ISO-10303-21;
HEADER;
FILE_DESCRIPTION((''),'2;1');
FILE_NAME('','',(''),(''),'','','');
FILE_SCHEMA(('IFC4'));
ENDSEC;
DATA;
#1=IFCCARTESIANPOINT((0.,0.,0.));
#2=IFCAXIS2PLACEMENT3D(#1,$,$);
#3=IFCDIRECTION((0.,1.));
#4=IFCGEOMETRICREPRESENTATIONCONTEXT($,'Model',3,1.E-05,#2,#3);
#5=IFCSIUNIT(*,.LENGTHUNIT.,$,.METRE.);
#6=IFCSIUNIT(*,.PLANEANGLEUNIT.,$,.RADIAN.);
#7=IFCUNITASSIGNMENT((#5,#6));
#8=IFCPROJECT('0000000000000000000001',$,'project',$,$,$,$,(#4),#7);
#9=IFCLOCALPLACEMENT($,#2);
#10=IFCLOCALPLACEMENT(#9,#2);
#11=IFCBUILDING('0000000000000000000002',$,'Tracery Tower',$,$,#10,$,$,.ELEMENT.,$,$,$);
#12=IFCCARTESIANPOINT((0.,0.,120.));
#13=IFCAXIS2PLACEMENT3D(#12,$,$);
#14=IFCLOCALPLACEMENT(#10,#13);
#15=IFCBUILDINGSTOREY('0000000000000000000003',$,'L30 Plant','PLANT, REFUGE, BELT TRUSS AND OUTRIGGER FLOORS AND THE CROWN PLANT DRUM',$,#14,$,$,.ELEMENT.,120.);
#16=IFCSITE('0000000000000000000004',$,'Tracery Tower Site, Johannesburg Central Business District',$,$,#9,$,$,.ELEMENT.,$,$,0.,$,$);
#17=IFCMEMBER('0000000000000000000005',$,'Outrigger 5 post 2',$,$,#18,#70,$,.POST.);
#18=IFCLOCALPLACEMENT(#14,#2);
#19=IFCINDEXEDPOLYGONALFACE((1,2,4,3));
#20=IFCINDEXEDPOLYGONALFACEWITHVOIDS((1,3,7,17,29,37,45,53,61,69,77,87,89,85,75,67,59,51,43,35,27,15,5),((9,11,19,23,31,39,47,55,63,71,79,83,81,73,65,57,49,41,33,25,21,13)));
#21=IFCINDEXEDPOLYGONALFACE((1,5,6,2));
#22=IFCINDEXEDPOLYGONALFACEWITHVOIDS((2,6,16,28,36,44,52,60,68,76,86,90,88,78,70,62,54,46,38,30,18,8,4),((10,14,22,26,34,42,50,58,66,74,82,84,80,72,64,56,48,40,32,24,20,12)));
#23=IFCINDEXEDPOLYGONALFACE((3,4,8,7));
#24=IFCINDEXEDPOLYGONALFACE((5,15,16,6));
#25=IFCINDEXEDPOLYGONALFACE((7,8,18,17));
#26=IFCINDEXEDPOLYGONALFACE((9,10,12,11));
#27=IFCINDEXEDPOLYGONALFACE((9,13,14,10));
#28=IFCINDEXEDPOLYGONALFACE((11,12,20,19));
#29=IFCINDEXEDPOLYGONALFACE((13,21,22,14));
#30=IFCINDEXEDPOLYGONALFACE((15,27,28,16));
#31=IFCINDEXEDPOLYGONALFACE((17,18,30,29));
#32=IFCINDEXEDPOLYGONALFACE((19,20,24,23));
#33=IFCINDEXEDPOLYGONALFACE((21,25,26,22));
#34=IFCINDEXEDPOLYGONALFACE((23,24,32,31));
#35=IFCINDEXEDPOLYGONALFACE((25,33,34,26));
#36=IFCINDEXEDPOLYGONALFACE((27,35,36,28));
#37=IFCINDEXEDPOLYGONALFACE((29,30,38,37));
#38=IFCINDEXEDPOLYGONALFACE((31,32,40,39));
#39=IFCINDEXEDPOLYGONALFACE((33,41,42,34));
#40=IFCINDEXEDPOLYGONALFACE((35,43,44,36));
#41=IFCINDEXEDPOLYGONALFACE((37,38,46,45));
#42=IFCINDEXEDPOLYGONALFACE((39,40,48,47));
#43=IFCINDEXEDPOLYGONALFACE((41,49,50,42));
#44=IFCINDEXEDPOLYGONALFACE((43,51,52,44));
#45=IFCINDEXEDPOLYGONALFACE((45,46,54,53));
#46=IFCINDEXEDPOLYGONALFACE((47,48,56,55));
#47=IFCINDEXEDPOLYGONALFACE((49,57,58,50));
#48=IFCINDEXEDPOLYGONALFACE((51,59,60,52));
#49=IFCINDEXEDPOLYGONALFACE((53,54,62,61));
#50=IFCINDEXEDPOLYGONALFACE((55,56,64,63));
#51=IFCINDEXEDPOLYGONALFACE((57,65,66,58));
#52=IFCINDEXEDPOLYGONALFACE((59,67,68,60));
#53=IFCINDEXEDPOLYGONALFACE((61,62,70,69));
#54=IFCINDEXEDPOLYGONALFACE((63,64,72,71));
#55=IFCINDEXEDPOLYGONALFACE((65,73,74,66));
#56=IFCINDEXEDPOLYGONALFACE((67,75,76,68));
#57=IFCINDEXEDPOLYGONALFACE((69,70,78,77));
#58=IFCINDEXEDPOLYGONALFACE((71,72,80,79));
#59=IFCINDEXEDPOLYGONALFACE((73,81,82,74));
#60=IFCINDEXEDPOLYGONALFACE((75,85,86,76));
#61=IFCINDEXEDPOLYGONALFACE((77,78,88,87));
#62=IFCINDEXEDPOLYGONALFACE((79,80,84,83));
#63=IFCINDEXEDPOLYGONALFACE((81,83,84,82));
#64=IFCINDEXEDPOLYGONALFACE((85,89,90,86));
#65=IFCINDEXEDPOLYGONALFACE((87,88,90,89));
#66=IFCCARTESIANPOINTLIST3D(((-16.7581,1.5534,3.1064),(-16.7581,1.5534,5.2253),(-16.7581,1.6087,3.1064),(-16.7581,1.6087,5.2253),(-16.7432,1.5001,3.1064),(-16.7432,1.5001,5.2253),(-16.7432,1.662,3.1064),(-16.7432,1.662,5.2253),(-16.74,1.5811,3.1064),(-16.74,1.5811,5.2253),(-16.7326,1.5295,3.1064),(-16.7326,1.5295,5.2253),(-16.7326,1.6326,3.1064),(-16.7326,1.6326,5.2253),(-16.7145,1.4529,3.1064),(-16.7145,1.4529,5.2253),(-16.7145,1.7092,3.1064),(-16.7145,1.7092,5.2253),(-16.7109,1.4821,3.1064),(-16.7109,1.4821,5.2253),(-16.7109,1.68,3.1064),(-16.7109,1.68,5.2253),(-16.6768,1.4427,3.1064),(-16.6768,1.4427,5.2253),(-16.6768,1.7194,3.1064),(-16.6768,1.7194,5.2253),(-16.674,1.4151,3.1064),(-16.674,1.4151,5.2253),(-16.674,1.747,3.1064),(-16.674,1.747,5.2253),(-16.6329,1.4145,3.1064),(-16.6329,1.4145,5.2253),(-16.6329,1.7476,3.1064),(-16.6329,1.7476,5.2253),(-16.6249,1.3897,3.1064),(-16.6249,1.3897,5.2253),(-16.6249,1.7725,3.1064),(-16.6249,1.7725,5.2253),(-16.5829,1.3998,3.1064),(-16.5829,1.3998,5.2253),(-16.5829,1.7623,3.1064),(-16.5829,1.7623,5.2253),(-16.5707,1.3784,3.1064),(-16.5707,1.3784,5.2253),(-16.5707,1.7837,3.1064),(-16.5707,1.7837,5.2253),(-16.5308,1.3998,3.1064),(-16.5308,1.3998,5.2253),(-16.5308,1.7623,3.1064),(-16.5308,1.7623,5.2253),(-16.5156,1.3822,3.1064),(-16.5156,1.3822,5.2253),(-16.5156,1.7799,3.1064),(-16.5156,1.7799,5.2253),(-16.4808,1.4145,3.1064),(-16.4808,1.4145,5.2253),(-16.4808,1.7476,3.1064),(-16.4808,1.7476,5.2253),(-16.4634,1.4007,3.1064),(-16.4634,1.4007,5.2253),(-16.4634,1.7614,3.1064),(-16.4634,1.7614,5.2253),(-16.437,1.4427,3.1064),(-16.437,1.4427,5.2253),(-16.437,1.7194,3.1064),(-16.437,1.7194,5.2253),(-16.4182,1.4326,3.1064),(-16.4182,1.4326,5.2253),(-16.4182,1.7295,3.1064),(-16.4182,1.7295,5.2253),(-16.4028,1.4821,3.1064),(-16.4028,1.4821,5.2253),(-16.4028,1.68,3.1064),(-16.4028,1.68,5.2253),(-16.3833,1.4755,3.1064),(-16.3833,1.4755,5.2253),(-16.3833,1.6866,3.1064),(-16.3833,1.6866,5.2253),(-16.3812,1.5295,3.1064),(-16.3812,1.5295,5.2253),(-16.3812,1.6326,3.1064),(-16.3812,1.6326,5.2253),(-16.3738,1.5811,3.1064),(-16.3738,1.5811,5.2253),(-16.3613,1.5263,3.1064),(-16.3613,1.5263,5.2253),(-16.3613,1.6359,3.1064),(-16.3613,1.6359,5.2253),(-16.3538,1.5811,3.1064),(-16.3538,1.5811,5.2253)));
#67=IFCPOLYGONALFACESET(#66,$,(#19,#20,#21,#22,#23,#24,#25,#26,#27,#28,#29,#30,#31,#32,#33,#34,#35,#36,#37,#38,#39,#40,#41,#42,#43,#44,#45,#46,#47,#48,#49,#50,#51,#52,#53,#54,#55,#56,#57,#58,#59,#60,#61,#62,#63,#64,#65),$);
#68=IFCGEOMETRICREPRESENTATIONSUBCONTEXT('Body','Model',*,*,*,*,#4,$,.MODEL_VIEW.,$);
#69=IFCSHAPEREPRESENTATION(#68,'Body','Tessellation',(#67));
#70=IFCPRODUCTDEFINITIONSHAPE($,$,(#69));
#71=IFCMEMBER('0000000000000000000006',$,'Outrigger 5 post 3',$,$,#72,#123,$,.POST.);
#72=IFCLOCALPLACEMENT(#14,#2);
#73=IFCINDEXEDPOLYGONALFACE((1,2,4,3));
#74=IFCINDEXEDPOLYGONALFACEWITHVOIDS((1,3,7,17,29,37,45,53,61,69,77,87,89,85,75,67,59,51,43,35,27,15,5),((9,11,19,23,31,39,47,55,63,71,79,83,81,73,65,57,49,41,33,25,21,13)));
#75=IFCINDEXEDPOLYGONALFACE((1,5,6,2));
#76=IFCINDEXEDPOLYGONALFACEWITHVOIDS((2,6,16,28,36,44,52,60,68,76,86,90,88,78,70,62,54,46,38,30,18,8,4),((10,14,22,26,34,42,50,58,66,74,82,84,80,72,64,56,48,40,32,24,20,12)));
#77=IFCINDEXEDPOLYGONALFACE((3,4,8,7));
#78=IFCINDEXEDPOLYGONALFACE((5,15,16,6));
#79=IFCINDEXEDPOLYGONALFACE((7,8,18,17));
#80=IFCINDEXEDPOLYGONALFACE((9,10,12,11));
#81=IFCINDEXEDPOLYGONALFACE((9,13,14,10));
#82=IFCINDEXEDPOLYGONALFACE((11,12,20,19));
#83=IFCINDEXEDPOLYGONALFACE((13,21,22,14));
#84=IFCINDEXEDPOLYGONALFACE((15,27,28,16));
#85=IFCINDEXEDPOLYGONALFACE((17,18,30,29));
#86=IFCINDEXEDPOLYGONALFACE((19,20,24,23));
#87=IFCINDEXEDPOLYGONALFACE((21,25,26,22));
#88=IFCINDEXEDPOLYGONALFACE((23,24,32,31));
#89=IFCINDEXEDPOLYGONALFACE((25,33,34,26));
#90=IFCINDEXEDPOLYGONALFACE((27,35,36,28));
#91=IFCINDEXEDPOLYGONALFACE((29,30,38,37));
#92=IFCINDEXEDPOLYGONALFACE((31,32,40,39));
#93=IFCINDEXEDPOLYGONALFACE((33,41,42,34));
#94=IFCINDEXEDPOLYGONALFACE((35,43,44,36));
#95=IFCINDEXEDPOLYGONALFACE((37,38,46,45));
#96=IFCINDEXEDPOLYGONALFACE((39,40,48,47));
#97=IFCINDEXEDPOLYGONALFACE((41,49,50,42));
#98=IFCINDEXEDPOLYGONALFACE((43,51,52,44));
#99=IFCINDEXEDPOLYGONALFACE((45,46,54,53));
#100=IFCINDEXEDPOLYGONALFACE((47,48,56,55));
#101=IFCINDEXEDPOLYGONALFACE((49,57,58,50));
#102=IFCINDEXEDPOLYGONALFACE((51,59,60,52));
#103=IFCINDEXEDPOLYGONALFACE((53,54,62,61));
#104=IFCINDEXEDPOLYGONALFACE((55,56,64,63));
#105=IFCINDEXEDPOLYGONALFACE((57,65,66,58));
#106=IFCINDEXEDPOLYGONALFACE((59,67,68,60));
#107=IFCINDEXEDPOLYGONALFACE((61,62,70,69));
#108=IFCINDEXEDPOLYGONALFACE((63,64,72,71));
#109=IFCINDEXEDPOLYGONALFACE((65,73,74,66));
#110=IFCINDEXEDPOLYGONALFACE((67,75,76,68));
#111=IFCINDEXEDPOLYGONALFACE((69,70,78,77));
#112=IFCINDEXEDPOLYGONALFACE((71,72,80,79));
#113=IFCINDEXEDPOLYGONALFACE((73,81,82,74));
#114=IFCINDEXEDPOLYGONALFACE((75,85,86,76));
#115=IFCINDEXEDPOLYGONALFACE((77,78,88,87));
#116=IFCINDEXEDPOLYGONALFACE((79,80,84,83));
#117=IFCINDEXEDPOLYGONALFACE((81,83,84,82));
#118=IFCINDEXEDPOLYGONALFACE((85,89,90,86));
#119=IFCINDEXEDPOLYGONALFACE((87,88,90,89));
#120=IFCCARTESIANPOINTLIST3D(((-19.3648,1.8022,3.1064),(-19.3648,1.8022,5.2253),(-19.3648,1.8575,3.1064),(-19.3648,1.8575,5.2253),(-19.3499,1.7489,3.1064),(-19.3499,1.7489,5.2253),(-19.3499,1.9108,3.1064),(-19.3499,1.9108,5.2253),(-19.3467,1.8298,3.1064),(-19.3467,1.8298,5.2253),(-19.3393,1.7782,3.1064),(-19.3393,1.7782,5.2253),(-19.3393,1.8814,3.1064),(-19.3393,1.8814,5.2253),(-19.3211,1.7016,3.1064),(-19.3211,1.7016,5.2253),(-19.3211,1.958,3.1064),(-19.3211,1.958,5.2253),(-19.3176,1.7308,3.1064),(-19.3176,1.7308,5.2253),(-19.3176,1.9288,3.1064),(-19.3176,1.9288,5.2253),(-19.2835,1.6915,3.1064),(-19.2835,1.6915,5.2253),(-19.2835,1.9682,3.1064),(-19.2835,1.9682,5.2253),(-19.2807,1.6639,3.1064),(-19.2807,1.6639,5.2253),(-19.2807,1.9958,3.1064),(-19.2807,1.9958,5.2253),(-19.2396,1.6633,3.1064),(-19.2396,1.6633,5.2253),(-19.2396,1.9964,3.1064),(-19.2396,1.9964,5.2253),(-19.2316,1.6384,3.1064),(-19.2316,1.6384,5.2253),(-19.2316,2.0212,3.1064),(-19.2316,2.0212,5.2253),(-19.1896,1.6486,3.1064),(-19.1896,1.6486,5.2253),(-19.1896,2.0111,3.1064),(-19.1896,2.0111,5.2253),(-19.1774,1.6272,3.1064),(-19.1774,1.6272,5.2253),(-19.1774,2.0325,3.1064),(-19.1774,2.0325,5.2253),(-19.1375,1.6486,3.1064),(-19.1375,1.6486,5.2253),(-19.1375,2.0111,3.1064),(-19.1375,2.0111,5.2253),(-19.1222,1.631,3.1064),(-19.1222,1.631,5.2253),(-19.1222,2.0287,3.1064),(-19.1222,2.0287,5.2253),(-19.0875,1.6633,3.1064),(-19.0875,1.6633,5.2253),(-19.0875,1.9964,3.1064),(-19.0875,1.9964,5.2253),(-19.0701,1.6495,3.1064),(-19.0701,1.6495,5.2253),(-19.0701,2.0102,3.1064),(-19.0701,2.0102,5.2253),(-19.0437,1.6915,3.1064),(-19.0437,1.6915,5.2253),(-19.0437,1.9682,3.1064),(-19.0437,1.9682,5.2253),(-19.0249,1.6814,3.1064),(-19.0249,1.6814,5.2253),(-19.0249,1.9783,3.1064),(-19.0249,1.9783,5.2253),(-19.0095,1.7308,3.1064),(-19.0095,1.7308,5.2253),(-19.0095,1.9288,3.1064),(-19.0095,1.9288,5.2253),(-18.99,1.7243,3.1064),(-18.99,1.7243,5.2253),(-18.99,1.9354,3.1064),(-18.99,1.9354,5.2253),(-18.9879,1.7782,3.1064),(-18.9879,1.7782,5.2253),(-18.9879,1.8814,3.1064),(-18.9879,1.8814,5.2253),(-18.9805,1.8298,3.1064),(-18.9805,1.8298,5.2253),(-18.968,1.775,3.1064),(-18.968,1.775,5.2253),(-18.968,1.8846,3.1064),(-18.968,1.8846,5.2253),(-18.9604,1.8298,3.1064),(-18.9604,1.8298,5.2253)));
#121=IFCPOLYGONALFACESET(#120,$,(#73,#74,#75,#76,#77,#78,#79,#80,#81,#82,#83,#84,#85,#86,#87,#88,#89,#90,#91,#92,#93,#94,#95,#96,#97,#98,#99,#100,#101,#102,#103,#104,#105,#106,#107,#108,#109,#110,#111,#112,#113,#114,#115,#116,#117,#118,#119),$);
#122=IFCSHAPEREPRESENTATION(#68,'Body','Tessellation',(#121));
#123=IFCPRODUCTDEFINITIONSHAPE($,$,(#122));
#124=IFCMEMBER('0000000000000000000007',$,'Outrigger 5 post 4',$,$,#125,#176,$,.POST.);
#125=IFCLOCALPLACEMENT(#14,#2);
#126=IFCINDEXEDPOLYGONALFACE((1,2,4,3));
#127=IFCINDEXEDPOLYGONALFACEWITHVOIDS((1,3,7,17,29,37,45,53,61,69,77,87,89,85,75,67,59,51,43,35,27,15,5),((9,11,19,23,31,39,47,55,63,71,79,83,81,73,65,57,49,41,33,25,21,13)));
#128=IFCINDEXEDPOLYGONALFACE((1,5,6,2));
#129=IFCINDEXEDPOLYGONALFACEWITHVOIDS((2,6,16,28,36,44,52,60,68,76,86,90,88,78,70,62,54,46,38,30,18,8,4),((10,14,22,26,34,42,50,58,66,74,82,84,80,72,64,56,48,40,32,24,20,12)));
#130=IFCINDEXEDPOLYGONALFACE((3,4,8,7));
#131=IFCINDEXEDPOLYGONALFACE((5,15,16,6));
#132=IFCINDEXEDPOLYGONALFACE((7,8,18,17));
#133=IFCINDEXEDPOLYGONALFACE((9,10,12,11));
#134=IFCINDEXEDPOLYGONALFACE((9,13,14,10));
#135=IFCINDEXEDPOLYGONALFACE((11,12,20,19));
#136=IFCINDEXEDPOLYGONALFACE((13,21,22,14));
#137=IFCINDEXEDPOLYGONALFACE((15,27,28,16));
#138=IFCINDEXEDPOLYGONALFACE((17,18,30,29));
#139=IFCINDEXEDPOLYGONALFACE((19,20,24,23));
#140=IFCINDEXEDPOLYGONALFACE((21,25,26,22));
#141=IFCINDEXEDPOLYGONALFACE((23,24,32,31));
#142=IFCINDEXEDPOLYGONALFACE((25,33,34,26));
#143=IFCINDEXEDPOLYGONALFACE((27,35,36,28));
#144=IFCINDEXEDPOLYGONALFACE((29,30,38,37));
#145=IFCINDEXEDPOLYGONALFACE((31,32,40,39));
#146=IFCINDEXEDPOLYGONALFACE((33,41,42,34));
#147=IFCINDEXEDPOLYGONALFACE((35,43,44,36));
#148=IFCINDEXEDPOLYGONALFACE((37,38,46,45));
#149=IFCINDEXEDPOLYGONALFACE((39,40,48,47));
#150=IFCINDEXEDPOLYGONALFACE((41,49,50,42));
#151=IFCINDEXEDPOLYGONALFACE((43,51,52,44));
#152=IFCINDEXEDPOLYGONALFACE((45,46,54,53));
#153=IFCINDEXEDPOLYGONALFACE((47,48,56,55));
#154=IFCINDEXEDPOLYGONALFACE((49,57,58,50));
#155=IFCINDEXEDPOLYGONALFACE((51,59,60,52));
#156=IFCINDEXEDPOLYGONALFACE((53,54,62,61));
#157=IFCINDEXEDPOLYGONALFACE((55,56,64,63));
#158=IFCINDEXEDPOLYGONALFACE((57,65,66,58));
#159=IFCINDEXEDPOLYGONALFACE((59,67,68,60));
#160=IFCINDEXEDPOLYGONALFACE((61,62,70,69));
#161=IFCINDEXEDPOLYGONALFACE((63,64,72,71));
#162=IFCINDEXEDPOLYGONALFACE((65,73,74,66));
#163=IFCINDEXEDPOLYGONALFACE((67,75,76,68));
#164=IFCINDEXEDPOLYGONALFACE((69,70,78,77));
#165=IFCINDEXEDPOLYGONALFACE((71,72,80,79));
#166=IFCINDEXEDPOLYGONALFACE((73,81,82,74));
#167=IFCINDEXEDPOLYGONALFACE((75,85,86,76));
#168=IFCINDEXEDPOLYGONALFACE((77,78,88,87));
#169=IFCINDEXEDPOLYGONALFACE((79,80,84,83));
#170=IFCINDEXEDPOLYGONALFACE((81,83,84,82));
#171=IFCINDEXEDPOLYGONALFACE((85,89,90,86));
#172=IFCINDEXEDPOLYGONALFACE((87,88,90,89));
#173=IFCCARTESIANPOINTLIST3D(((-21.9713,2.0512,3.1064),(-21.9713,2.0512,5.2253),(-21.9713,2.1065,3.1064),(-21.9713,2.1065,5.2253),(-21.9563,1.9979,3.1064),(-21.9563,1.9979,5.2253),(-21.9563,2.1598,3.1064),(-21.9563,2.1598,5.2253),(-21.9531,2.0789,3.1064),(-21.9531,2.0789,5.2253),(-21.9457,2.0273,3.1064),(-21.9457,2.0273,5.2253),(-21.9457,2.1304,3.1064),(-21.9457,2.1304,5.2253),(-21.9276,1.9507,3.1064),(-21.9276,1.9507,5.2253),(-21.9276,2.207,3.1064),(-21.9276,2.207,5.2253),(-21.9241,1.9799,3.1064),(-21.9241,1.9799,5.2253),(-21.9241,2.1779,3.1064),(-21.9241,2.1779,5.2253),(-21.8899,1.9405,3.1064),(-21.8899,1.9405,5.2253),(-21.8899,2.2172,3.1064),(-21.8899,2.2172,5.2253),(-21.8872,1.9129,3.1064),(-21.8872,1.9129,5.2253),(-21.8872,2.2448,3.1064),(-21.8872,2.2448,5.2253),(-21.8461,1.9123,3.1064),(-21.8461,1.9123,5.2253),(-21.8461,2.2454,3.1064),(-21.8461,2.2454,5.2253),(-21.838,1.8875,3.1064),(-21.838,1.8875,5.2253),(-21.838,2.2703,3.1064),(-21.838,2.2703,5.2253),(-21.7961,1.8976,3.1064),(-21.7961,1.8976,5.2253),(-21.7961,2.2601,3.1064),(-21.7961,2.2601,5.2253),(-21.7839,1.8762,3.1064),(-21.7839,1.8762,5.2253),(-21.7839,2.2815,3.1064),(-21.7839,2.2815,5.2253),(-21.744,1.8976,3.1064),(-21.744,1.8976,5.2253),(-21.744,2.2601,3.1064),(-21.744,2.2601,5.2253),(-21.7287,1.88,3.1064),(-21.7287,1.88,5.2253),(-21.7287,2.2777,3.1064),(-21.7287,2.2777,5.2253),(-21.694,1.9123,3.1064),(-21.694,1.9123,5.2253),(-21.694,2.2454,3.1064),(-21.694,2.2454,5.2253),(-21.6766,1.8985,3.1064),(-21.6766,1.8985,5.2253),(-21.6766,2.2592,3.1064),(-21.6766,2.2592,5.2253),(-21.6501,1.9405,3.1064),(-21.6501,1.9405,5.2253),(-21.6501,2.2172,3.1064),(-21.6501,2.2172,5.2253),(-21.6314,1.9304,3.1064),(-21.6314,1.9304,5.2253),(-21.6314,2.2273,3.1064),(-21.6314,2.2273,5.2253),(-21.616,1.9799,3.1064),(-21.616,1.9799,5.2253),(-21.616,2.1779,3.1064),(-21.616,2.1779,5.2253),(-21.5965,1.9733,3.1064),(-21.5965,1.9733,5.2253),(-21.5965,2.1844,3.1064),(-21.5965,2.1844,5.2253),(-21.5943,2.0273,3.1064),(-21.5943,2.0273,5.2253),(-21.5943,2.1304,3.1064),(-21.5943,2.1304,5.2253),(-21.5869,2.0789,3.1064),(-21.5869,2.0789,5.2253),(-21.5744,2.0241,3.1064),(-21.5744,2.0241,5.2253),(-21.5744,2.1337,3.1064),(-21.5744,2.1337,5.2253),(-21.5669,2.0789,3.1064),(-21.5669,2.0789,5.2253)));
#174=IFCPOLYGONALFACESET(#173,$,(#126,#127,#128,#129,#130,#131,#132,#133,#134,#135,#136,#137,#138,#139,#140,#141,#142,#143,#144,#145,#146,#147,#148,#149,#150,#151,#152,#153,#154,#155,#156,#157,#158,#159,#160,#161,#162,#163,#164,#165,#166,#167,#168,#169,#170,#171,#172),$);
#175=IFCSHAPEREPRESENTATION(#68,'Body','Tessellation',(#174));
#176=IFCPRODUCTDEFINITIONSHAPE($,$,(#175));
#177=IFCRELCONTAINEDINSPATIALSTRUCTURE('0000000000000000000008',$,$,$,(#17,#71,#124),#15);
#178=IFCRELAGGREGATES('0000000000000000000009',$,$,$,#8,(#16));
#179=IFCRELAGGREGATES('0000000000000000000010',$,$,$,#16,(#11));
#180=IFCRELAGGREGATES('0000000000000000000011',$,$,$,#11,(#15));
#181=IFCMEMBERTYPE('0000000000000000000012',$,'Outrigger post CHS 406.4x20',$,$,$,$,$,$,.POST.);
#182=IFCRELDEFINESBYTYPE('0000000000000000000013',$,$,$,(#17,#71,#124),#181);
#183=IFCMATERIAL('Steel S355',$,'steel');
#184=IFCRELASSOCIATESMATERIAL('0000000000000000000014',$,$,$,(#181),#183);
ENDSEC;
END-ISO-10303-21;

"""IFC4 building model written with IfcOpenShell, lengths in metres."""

from ifc_helpers import new_model, si_unit, direction, frame, origin, origin_2d, place, context, subcontext, project, spatial, hollow_circle, extrude, material, material_profile, profile_set, type_object, element, save


model = new_model("IFC4")

# Units and contexts
model_context = context("Model", 3, precision=1e-05, world=origin(), true_north=direction((0.0, 1.0)))
body_context = subcontext(model_context, "Body", "Model", "MODEL_VIEW")
ifc_project = project(units=[si_unit("LENGTHUNIT", "METRE"), si_unit("PLANEANGLEUNIT", "RADIAN")], contexts=[model_context])

# Site, building, storey
site_placement = place(None, origin())
site = spatial("IfcSite", under=ifc_project, at=site_placement, Name="Tracery Tower Site, Johannesburg Central Business District", CompositionType="ELEMENT", RefElevation=0.0)
building_placement = place(site_placement, origin())
building = spatial("IfcBuilding", under=site, at=building_placement, Name="Tracery Tower", CompositionType="ELEMENT")
storey_placement = place(building_placement, frame((0.0, 0.0, 120.0)))
storey = spatial("IfcBuildingStorey", under=building, at=storey_placement, Name="L30 Plant", Description="PLANT, REFUGE, BELT TRUSS AND OUTRIGGER FLOORS AND THE CROWN PLANT DRUM", CompositionType="ELEMENT", Elevation=120.0)

# Members
ifc_material_1 = material(Name="Steel S355", Category="steel")
ifc_material_profile_1 = material_profile(ifc_material_1, hollow_circle(Radius=0.2031, WallThickness=0.02, at=origin_2d()), Name="CHS 406.4x20")
ifc_profile_set_1 = profile_set([ifc_material_profile_1], Name="Steel S355")
member_type_1 = type_object("IfcMemberType", Name="Outrigger post CHS 406.4x20", PredefinedType="POST", material=ifc_profile_set_1)
for number, where, z_axis, x_axis, name in (
    (1, (-16.5569, 1.5811, 3.1064), (0.0, 0.0, 1.0), (1.0, 0.0, 0.0), "Outrigger 5 post 2"),
    (2, (-19.1636, 1.8298, 3.1064), (0.0, 0.0, 1.0), (1.0, 0.0, 0.0), "Outrigger 5 post 3"),
    (3, (-21.77, 2.0789, 3.1064), (0.0, 0.0, 1.0), (1.0, 0.0, 0.0), "Outrigger 5 post 4"),
):
    element("IfcMember", number, at=place(storey_placement, frame(where, z_axis=z_axis, x_axis=x_axis)), inside=storey, type_object=member_type_1, Name=name, PredefinedType="POST", context=body_context, shape_type="SweptSolid", body=[
        extrude(hollow_circle(Radius=0.2031, WallThickness=0.02, at=origin_2d()), origin(), (0.0, 0.0, 1.0), 2.1189),
    ])

save(model, "model.ifc")
